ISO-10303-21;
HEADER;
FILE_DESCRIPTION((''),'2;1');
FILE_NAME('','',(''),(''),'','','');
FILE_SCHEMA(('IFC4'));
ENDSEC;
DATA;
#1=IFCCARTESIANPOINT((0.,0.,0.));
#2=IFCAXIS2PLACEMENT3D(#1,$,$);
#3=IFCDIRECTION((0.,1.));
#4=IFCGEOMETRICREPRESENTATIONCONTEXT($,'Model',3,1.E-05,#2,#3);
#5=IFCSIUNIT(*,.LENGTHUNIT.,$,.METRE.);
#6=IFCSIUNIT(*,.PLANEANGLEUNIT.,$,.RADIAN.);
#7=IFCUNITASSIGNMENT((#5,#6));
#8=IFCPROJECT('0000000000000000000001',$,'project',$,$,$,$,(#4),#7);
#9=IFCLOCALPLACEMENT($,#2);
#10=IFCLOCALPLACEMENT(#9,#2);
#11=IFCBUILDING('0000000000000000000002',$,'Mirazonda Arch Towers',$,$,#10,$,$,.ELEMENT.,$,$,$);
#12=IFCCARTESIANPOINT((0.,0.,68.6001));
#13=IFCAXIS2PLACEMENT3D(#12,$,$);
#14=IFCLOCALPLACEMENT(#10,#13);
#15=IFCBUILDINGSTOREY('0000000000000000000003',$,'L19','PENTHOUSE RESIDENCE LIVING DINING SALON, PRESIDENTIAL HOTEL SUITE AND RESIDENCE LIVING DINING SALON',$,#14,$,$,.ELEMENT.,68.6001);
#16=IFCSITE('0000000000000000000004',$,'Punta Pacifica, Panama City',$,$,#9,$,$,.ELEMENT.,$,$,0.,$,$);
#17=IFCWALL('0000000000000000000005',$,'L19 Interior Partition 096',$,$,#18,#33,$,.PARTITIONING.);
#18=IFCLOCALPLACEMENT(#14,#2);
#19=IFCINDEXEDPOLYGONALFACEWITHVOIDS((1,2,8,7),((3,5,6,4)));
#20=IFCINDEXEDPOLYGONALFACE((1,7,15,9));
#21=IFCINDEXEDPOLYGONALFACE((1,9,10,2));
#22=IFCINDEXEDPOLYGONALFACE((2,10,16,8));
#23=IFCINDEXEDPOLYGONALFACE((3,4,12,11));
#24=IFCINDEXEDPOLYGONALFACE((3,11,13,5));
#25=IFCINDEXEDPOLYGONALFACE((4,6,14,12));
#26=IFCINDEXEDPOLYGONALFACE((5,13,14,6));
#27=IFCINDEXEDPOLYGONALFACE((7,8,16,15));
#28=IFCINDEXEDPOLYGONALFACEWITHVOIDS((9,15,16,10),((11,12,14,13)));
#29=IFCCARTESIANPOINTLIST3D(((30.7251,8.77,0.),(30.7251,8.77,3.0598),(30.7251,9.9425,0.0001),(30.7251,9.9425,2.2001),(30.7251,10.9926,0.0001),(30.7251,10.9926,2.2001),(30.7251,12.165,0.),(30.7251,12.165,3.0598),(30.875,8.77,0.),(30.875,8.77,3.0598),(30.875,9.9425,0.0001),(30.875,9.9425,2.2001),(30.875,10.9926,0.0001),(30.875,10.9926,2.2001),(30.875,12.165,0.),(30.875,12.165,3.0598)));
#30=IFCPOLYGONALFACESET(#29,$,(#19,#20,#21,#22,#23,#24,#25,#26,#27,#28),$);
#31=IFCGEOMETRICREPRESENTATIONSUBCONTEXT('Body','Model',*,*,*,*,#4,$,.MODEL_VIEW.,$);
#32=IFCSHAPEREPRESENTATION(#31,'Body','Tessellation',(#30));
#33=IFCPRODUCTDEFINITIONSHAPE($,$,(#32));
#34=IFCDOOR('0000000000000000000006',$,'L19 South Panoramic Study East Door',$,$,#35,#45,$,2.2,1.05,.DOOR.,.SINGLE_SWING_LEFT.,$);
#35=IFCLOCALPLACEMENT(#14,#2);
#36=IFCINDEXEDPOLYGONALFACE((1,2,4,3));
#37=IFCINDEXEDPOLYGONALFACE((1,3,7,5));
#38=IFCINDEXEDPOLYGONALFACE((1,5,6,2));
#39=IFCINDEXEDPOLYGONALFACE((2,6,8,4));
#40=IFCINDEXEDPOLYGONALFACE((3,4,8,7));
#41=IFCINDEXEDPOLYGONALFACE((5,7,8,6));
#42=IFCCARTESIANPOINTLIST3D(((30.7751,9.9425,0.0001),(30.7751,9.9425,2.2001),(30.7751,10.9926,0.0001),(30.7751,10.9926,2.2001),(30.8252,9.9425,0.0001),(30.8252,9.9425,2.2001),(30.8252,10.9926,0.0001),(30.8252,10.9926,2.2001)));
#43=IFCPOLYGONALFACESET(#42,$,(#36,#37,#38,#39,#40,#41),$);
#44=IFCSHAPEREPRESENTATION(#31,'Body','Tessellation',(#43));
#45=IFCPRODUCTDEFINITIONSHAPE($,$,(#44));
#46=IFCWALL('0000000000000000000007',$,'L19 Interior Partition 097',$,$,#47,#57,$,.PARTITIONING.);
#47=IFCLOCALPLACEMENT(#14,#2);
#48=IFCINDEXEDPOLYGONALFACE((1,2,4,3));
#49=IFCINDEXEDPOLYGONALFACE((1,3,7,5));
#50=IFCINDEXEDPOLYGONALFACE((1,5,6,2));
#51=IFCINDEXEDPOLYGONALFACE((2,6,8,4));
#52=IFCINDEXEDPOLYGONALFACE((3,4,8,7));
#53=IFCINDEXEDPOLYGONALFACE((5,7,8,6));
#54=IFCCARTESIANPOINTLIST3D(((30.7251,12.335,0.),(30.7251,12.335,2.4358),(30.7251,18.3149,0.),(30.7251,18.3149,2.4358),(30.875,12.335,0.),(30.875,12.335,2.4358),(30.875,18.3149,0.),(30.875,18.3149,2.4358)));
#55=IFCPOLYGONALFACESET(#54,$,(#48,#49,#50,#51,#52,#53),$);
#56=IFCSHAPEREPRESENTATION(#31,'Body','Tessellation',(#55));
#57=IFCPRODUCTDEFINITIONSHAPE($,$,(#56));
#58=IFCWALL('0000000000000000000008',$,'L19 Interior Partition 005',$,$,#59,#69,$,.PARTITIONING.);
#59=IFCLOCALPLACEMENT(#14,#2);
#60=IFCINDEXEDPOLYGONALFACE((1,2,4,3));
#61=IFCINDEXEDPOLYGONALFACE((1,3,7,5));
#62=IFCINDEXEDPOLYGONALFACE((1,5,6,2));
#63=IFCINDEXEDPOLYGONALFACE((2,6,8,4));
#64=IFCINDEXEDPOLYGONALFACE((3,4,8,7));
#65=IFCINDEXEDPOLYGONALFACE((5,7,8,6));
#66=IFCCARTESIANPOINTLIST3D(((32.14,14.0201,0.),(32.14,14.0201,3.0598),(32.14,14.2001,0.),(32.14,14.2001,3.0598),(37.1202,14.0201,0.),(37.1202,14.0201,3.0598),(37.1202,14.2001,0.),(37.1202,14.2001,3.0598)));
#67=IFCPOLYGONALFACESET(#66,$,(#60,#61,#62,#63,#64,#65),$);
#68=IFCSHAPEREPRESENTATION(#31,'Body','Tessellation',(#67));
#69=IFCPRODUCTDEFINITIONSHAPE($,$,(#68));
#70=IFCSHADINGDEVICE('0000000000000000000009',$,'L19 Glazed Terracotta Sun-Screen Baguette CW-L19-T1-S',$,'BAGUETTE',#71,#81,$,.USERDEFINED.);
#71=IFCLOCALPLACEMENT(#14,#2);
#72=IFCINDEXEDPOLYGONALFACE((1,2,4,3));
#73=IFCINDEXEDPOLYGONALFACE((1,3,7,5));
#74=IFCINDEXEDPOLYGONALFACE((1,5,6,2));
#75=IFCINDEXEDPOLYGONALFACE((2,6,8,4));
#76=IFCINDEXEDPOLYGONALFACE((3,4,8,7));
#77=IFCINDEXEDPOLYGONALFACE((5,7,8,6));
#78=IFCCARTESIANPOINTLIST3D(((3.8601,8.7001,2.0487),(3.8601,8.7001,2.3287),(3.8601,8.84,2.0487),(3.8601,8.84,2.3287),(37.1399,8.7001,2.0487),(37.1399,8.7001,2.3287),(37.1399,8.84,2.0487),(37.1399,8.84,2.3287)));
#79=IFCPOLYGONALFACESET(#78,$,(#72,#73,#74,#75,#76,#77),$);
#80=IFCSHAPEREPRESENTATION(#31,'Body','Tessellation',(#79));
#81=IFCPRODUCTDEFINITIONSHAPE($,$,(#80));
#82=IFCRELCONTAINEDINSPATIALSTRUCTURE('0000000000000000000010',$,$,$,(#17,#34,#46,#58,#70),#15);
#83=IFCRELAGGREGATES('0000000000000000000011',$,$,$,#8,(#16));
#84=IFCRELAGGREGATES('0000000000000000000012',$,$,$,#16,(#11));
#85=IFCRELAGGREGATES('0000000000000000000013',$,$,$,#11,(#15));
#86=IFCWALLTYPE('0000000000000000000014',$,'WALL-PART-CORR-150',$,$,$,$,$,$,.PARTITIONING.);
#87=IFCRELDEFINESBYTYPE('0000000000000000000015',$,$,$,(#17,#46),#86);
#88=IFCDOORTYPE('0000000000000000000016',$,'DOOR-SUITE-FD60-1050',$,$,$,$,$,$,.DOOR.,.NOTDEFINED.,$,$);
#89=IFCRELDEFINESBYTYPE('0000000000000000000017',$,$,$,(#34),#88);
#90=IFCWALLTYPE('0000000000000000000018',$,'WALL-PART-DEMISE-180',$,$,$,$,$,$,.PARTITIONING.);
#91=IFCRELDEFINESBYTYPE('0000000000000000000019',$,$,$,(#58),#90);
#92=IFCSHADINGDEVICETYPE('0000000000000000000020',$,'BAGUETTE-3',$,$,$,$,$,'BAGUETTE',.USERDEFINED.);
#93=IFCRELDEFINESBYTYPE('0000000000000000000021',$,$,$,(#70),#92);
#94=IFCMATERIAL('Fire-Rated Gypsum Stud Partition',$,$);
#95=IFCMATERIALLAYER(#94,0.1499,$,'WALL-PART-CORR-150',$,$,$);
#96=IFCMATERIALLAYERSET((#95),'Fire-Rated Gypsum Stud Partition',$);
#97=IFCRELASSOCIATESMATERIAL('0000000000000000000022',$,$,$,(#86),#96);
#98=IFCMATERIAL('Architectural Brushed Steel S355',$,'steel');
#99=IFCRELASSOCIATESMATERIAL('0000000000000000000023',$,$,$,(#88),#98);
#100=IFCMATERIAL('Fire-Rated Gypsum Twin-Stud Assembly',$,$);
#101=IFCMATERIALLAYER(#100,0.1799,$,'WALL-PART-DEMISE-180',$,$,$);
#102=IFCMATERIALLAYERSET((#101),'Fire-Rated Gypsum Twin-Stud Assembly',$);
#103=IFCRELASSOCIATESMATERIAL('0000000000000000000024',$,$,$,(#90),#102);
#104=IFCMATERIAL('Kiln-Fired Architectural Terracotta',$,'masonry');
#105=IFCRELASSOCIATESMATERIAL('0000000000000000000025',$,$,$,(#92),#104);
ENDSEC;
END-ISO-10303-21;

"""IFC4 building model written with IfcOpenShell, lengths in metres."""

from ifc_helpers import new_model, si_unit, direction, frame, frame_2d, origin, origin_2d, place, context, subcontext, project, spatial, rectangle, extrude, material, layer, layer_set, material_profile, profile_set, type_object, element, fill, save


model = new_model("IFC4")

# Units and contexts
model_context = context("Model", 3, precision=1e-05, world=origin(), true_north=direction((0.0, 1.0)))
body_context = subcontext(model_context, "Body", "Model", "MODEL_VIEW")
ifc_project = project(units=[si_unit("LENGTHUNIT", "METRE"), si_unit("PLANEANGLEUNIT", "RADIAN")], contexts=[model_context])

# Site, building, storey
site_placement = place(None, origin())
site = spatial("IfcSite", under=ifc_project, at=site_placement, Name="Punta Pacifica, Panama City", CompositionType="ELEMENT", RefElevation=0.0)
building_placement = place(site_placement, origin())
building = spatial("IfcBuilding", under=site, at=building_placement, Name="Mirazonda Arch Towers", CompositionType="ELEMENT")
storey_placement = place(building_placement, frame((0.0, 0.0, 68.6001)))
storey = spatial("IfcBuildingStorey", under=building, at=storey_placement, Name="L19", Description="PENTHOUSE RESIDENCE LIVING DINING SALON, PRESIDENTIAL HOTEL SUITE AND RESIDENCE LIVING DINING SALON", CompositionType="ELEMENT", Elevation=68.6001)

# Shared definitions
ifc_material_1 = material(Name="Fire-Rated Gypsum Stud Partition")
ifc_layer_1 = layer(ifc_material_1, 0.1499, Name="WALL-PART-CORR-150")
ifc_layer_set_1 = layer_set([ifc_layer_1], Name="Fire-Rated Gypsum Stud Partition")
wall_type_1 = type_object("IfcWallType", Name="WALL-PART-CORR-150", PredefinedType="PARTITIONING", material=ifc_layer_set_1)

# Wall, opening, door
wall_1_placement = place(storey_placement, frame((30.8, 8.77, 0.0), z_axis=(0.0, 0.0, 1.0), x_axis=(0.0, 1.0, 0.0)))
wall_1 = element("IfcWall", 1, at=wall_1_placement, inside=storey, type_object=wall_type_1, Name="L19 Interior Partition 096", PredefinedType="PARTITIONING", context=body_context, shape_type="SweptSolid", body=[
    extrude(rectangle(XDim=3.395, YDim=0.1499, at=frame_2d((1.6975, 0.0))), origin(), (0.0, 0.0, 1.0), 3.0598),
])
opening_1_placement = place(wall_1_placement, frame((1.1726, 0.0, 0.0)))
opening_1 = element("IfcOpeningElement", 2, at=opening_1_placement, cuts=wall_1, PredefinedType="OPENING", context=body_context, shape_type="SweptSolid", body=[
    extrude(rectangle(XDim=1.05, YDim=2.2, at=frame_2d((0.5249, 1.1001))), frame((0.0, 0.085, 0.0), z_axis=(0.0, -1.0, 0.0), x_axis=(1.0, 0.0, 0.0)), (0.0, 0.0, 1.0), 0.1699),
])
ifc_material_2 = material(Name="Architectural Brushed Steel S355", Category="steel")
door_type_1 = type_object("IfcDoorType", Name="DOOR-SUITE-FD60-1050", OperationType="NOTDEFINED", PredefinedType="DOOR", material=ifc_material_2)
door_1_placement = place(opening_1_placement, origin())
door_1 = element("IfcDoor", 3, at=door_1_placement, inside=storey, type_object=door_type_1, Name="L19 South Panoramic Study East Door", OperationType="SINGLE_SWING_LEFT", OverallHeight=2.2, OverallWidth=1.05, PredefinedType="DOOR", context=body_context, shape_type="SweptSolid", body=[
    extrude(rectangle(XDim=1.05, YDim=2.2, at=frame_2d((0.5249, 1.1001))), frame((0.0, 0.0249, 0.0), z_axis=(0.0, -1.0, 0.0), x_axis=(1.0, 0.0, 0.0)), (0.0, 0.0, 1.0), 0.05),
])
fill(opening_1, door_1)

# Walls
wall_2_placement = place(storey_placement, frame((30.8, 12.335, 0.0), z_axis=(0.0, 0.0, 1.0), x_axis=(0.0, 1.0, 0.0)))
element("IfcWall", 4, at=wall_2_placement, inside=storey, type_object=wall_type_1, Name="L19 Interior Partition 097", PredefinedType="PARTITIONING", context=body_context, shape_type="SweptSolid", body=[
    extrude(rectangle(XDim=5.98, YDim=0.1499, at=frame_2d((2.99, 0.0))), origin(), (0.0, 0.0, 1.0), 2.4358),
])
ifc_material_3 = material(Name="Fire-Rated Gypsum Twin-Stud Assembly")
ifc_layer_2 = layer(ifc_material_3, 0.1799, Name="WALL-PART-DEMISE-180")
ifc_layer_set_2 = layer_set([ifc_layer_2], Name="Fire-Rated Gypsum Twin-Stud Assembly")
wall_type_2 = type_object("IfcWallType", Name="WALL-PART-DEMISE-180", PredefinedType="PARTITIONING", material=ifc_layer_set_2)
wall_3_placement = place(storey_placement, frame((32.1399, 14.1101, 0.0), z_axis=(0.0, 0.0, 1.0), x_axis=(1.0, 0.0, 0.0)))
element("IfcWall", 5, at=wall_3_placement, inside=storey, type_object=wall_type_2, Name="L19 Interior Partition 005", PredefinedType="PARTITIONING", context=body_context, shape_type="SweptSolid", body=[
    extrude(rectangle(XDim=4.9802, YDim=0.1799, at=frame_2d((2.4902, 0.0))), origin(), (0.0, 0.0, 1.0), 3.0598),
])

# Shading device
ifc_material_4 = material(Name="Kiln-Fired Architectural Terracotta", Category="masonry")
ifc_material_profile_1 = material_profile(ifc_material_4, rectangle(XDim=0.1399, YDim=0.28, at=origin_2d()), Name="TERRA-BAG-140x280")
ifc_profile_set_1 = profile_set([ifc_material_profile_1], Name="Kiln-Fired Architectural Terracotta")
shading_device_type = type_object("IfcShadingDeviceType", Name="BAGUETTE-3", ElementType="BAGUETTE", PredefinedType="USERDEFINED", material=ifc_profile_set_1)
shading_device_placement = place(storey_placement, frame((37.1399, 8.77, 2.1887), z_axis=(-1.0, 0.0, 0.0), x_axis=(0.0, -1.0, 0.0)))
element("IfcShadingDevice", 6, at=shading_device_placement, inside=storey, type_object=shading_device_type, Name="L19 Glazed Terracotta Sun-Screen Baguette CW-L19-T1-S", ObjectType="BAGUETTE", PredefinedType="USERDEFINED", context=body_context, shape_type="SweptSolid", body=[
    extrude(rectangle(XDim=0.1399, YDim=0.28, at=origin_2d()), origin(), (0.0, 0.0, 1.0), 33.2798),
])

save(model, "model.ifc")
